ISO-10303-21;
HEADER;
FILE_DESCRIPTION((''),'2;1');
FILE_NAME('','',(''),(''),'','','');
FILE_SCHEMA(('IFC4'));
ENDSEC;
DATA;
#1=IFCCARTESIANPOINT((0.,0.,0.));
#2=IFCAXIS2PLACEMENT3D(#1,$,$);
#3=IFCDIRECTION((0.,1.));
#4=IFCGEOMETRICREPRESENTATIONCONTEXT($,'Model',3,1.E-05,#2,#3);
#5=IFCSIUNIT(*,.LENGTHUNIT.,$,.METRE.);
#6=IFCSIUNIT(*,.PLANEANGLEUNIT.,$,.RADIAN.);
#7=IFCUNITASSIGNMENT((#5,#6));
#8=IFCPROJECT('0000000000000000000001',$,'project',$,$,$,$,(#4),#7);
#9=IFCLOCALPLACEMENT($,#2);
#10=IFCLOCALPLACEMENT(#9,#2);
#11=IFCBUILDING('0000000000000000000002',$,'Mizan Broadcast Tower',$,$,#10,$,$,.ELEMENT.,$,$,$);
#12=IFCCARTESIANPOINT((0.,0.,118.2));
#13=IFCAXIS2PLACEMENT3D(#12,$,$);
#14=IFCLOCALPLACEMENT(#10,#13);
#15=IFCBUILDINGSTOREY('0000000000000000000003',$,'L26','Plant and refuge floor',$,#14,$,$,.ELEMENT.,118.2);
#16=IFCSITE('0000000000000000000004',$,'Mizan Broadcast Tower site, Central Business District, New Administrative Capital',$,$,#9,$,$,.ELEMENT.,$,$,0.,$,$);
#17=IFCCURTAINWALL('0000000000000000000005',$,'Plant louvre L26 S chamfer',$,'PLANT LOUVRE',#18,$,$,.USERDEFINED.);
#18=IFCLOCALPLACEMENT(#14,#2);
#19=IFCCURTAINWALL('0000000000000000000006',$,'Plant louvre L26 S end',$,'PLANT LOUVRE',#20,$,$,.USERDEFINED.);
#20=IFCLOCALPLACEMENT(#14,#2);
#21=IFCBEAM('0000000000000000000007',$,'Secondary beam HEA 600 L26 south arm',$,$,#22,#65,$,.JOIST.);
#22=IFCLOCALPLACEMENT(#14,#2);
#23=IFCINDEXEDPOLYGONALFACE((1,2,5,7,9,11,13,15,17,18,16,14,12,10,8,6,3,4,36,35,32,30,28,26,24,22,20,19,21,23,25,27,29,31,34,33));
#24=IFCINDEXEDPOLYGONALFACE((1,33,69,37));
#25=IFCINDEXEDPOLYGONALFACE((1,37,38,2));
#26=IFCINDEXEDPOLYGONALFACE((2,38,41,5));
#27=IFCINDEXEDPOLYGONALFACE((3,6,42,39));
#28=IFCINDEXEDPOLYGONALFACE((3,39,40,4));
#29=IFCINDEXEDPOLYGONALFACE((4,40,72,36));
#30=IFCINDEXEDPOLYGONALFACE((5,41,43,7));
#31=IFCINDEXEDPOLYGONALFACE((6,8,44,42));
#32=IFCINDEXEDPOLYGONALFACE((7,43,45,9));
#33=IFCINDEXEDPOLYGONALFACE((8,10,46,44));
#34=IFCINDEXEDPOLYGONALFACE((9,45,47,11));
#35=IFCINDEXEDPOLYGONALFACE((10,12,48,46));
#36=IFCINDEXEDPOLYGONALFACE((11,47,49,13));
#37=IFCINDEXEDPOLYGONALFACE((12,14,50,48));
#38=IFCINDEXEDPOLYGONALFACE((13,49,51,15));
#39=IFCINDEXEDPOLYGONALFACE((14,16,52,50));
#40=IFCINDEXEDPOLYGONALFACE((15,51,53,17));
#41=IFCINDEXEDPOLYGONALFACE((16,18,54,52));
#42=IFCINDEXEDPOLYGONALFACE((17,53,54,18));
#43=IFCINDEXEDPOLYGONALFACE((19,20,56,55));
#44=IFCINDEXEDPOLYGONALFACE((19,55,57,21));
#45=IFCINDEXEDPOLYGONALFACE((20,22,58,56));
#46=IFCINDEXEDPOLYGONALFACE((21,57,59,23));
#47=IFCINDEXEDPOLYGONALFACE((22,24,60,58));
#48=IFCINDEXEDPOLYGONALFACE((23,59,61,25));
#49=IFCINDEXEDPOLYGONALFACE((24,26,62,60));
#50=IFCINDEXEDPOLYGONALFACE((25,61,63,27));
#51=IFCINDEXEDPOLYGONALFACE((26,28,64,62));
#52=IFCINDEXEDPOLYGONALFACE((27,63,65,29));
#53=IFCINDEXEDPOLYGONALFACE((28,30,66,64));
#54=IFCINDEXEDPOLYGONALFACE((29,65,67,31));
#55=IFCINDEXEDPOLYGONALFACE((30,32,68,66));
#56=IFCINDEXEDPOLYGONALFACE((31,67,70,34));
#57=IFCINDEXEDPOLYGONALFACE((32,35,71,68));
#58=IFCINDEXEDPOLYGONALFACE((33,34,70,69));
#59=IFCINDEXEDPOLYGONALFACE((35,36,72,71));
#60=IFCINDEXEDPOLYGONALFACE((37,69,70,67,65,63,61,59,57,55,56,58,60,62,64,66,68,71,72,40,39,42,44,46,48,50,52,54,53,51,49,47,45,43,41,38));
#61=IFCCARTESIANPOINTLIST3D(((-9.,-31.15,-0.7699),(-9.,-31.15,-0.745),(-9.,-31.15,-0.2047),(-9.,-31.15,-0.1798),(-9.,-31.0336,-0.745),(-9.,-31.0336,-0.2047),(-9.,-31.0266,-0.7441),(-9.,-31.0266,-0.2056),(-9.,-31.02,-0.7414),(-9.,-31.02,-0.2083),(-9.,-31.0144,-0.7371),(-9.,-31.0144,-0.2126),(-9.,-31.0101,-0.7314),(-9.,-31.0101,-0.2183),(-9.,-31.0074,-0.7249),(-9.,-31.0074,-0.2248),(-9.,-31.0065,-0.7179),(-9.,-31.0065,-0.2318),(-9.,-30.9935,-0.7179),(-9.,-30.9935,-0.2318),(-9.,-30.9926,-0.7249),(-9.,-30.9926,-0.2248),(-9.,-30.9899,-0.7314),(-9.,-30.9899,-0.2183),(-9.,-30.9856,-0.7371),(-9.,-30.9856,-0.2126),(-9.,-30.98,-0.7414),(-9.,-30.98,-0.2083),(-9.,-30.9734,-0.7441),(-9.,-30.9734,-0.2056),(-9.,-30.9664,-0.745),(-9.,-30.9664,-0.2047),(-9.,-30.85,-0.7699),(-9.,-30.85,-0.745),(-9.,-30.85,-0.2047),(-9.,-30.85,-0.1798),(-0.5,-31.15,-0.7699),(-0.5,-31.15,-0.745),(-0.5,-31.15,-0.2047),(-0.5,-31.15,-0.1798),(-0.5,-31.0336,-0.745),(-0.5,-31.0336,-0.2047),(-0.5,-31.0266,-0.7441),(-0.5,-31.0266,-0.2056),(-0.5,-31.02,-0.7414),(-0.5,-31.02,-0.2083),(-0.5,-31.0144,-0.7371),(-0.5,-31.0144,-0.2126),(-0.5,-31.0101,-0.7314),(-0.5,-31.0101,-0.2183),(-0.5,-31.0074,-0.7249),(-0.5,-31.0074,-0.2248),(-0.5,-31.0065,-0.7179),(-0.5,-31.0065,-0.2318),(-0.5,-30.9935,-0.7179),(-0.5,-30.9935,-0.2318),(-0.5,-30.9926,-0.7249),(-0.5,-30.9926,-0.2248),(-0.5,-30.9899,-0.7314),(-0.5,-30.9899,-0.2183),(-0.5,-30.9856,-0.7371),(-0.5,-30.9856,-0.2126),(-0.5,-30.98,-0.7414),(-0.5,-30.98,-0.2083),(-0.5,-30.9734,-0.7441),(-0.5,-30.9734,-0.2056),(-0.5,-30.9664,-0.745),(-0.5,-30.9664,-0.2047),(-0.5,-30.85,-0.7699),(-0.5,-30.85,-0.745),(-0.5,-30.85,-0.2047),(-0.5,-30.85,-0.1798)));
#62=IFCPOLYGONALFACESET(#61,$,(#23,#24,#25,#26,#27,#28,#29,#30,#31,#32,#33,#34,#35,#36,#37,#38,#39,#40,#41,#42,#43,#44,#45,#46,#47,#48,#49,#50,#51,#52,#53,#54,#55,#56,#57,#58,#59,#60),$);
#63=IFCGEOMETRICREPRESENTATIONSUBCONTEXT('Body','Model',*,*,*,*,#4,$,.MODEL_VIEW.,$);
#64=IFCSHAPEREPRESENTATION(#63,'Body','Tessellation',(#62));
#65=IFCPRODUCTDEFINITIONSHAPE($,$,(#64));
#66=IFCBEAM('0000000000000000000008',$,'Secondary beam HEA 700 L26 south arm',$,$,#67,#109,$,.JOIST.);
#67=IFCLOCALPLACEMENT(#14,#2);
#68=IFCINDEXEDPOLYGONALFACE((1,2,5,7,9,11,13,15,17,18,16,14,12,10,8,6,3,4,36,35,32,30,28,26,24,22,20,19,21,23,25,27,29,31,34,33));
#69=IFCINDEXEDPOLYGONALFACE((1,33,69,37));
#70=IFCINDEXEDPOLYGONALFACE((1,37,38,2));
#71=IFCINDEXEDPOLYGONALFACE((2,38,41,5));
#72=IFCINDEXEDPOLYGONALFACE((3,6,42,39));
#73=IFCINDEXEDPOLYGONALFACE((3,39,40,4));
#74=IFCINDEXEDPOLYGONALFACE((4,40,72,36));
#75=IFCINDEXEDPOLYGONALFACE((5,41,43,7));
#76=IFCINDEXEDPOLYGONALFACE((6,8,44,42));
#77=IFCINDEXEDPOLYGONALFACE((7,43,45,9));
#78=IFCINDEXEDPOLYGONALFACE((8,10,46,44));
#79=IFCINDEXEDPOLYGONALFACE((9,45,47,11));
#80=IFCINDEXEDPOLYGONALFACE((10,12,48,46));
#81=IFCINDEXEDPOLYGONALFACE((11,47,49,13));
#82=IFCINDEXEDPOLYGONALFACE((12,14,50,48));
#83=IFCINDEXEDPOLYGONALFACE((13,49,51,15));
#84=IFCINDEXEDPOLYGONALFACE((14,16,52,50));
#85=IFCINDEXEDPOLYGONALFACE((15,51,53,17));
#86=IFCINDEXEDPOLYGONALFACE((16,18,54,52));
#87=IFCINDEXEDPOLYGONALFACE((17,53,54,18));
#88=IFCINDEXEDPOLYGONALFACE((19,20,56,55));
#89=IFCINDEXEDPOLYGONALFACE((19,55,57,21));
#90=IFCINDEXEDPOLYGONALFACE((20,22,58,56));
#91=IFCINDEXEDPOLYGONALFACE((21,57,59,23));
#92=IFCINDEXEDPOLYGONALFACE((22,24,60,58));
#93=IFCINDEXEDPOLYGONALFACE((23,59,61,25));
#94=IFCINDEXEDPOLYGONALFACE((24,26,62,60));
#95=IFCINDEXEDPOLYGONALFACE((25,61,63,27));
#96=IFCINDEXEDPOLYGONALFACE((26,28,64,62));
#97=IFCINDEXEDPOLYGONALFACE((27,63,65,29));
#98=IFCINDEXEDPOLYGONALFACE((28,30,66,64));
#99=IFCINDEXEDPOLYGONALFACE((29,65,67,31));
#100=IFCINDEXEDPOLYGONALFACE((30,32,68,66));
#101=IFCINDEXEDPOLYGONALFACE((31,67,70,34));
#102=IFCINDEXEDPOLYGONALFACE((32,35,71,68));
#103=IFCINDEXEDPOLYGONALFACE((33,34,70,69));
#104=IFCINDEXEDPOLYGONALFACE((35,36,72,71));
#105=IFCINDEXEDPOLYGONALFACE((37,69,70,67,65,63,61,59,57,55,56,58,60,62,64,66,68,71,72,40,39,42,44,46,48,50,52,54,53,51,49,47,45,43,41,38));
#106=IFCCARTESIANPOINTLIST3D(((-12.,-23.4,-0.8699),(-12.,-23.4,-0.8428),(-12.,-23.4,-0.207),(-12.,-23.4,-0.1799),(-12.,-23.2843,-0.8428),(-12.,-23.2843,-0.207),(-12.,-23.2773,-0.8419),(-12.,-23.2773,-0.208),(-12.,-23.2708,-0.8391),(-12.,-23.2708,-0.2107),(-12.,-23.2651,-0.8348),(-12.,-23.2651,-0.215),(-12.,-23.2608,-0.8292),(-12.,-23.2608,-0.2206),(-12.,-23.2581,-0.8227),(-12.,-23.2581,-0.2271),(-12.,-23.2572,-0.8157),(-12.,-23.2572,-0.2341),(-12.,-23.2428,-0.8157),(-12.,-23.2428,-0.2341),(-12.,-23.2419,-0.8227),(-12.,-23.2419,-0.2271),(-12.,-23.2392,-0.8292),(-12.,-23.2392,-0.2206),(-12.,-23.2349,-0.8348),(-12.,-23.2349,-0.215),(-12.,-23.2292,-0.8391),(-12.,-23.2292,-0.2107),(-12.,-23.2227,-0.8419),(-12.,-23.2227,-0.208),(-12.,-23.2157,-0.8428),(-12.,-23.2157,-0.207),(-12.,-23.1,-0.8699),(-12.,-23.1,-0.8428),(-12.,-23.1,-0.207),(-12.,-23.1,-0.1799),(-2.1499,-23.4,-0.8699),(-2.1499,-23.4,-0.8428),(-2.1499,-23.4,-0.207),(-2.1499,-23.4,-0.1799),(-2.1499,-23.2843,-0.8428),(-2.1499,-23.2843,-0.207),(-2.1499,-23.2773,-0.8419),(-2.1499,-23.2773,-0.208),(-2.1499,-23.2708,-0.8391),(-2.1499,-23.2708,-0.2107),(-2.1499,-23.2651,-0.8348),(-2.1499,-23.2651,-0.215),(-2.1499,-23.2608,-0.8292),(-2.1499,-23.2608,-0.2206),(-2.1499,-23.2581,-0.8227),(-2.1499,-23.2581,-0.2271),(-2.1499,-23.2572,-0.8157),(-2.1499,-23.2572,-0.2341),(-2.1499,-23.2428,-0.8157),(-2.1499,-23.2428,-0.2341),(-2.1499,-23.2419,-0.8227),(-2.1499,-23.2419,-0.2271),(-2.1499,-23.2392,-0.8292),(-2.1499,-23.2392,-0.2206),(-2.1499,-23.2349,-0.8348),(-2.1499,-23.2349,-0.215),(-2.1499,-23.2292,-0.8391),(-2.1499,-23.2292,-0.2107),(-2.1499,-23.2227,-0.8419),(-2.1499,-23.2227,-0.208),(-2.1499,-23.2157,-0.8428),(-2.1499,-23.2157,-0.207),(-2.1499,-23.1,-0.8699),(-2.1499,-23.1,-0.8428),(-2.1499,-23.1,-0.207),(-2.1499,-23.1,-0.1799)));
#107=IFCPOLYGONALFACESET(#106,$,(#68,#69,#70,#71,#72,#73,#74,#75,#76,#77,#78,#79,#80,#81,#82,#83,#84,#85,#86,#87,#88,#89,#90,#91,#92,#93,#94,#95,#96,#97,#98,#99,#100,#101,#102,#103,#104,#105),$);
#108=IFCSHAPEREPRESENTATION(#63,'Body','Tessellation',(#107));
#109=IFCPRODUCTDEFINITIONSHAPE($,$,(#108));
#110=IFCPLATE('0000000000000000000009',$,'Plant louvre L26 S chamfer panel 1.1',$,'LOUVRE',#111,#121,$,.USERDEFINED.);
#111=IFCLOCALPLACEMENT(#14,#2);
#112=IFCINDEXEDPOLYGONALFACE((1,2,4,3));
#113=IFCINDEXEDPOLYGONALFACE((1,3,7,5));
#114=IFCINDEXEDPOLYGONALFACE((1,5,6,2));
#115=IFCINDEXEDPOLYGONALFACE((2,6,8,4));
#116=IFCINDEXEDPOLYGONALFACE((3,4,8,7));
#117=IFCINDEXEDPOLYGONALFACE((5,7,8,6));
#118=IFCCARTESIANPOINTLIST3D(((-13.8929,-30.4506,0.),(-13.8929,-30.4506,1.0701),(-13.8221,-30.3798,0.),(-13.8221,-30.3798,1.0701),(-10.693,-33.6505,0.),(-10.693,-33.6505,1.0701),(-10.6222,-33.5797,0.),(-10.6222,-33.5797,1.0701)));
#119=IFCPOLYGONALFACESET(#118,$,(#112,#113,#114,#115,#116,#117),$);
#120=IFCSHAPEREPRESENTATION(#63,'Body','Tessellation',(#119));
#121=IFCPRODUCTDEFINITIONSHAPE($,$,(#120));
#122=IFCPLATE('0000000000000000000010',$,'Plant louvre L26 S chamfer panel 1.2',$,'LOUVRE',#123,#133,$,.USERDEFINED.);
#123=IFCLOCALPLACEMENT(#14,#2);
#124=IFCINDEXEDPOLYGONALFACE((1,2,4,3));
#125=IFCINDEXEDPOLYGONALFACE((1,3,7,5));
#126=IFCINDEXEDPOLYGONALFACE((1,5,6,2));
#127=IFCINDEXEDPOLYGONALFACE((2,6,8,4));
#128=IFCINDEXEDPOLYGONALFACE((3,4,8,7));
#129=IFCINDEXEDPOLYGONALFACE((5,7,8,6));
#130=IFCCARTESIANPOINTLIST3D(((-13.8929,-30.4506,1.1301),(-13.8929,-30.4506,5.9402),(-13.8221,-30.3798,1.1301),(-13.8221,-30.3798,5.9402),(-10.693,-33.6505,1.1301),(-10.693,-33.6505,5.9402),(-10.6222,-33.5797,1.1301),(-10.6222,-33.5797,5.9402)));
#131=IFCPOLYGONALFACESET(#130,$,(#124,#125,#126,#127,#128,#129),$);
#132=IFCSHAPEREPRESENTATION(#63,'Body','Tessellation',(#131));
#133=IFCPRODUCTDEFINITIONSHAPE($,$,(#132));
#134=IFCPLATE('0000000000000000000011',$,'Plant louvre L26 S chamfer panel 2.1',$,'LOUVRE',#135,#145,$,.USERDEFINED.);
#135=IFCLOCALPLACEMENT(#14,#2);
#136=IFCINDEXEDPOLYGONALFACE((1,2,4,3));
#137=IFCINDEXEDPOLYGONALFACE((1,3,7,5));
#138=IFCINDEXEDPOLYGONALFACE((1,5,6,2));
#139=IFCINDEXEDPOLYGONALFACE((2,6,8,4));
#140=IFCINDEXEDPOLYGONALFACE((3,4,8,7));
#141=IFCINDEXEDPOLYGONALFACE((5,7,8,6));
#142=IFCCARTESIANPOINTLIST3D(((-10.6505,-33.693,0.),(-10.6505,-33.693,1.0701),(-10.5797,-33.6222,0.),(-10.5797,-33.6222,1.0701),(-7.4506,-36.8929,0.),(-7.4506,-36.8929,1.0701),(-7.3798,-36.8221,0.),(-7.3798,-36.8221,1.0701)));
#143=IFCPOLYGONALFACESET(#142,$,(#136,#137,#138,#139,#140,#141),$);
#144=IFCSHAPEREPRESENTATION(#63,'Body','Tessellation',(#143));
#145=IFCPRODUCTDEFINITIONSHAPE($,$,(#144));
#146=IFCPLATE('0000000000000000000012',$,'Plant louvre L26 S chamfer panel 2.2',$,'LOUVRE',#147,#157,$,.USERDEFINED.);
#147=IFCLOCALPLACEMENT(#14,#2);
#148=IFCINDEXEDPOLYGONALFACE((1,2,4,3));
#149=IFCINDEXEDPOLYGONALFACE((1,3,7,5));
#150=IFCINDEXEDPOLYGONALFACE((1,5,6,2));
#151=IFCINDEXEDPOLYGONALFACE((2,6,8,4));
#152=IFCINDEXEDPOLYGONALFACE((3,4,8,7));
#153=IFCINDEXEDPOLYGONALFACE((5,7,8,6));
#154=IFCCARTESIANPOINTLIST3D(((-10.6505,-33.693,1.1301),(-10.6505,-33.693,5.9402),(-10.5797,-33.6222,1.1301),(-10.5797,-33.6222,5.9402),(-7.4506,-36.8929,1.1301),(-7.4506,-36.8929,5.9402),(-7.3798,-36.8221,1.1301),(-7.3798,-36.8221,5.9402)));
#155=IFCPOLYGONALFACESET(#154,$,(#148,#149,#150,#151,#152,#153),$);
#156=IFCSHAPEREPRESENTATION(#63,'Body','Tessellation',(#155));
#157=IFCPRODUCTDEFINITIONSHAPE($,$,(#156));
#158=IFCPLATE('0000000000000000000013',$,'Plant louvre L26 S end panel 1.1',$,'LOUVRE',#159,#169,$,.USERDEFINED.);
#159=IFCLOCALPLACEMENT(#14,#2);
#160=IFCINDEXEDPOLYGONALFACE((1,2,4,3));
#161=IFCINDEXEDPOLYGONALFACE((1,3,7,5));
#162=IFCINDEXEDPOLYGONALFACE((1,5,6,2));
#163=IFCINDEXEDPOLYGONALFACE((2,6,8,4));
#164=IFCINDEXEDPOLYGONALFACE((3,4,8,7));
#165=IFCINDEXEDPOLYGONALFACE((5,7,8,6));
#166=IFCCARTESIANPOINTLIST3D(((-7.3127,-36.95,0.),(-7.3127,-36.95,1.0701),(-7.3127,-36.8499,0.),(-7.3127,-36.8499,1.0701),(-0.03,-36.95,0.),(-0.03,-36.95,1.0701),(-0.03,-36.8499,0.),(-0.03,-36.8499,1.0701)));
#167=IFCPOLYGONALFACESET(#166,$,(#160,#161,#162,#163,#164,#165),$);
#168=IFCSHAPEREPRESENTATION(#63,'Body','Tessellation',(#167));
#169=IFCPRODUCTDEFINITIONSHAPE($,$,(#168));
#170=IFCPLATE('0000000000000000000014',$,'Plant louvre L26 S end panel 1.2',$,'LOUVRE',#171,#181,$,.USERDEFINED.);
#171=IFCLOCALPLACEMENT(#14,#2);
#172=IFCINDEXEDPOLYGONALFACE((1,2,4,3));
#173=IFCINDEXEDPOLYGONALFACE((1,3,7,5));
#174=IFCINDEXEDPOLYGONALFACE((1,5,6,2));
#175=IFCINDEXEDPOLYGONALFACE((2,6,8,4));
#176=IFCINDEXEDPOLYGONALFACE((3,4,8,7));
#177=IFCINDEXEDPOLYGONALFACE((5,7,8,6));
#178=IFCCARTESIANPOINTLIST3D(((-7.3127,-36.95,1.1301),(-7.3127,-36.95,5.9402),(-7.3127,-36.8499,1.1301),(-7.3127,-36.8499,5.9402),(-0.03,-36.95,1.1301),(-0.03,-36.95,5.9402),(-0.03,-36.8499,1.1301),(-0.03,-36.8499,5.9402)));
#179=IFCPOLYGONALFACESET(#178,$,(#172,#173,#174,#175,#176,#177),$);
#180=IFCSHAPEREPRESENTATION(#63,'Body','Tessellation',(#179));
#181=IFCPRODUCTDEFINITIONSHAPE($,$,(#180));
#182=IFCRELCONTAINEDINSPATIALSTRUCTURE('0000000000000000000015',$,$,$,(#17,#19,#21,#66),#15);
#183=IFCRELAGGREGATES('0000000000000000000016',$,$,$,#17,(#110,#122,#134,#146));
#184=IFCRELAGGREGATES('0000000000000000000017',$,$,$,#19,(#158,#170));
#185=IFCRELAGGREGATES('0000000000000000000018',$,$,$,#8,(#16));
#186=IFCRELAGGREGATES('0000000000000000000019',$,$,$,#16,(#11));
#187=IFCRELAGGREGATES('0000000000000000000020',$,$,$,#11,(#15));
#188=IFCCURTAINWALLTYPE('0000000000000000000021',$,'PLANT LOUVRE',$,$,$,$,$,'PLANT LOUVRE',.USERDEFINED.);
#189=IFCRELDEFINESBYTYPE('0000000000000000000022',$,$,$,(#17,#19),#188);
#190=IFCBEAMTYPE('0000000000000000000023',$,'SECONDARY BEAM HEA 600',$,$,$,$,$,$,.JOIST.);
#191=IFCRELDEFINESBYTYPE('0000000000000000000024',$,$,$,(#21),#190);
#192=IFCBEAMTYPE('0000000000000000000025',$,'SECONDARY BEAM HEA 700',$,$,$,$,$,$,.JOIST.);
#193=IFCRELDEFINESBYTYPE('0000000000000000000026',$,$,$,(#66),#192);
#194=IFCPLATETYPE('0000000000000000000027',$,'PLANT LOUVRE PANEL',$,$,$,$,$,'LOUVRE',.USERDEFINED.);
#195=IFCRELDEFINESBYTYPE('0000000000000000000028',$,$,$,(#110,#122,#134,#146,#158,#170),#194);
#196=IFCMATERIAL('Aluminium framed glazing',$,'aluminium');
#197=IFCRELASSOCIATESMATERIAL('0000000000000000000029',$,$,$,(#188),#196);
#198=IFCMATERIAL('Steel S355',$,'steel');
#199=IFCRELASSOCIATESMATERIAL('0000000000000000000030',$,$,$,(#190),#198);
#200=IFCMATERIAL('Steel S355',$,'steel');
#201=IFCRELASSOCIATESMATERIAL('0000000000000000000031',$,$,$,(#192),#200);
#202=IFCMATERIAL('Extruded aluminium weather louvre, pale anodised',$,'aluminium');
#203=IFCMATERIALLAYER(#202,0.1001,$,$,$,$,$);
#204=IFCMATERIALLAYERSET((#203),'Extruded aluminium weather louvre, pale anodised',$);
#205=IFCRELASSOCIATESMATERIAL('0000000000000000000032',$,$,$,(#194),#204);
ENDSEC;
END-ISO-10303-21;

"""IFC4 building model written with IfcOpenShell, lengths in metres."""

from ifc_helpers import new_model, si_unit, direction, frame, origin, origin_2d, place, context, subcontext, project, spatial, rectangle, i_section, extrude, material, layer, layer_set, material_profile, profile_set, type_object, element, aggregate, save


model = new_model("IFC4")

# Units and contexts
model_context = context("Model", 3, precision=1e-05, world=origin(), true_north=direction((0.0, 1.0)))
body_context = subcontext(model_context, "Body", "Model", "MODEL_VIEW")
ifc_project = project(units=[si_unit("LENGTHUNIT", "METRE"), si_unit("PLANEANGLEUNIT", "RADIAN")], contexts=[model_context])

# Site, building, storey
site_placement = place(None, origin())
site = spatial("IfcSite", under=ifc_project, at=site_placement, Name="Mizan Broadcast Tower site, Central Business District, New Administrative Capital", CompositionType="ELEMENT", RefElevation=0.0)
building_placement = place(site_placement, origin())
building = spatial("IfcBuilding", under=site, at=building_placement, Name="Mizan Broadcast Tower", CompositionType="ELEMENT")
storey_placement = place(building_placement, frame((0.0, 0.0, 118.2)))
storey = spatial("IfcBuildingStorey", under=building, at=storey_placement, Name="L26", Description="Plant and refuge floor", CompositionType="ELEMENT", Elevation=118.2)

# Curtain walls
ifc_material_1 = material(Name="Aluminium framed glazing", Category="aluminium")
curtain_wall_type = type_object("IfcCurtainWallType", Name="PLANT LOUVRE", ElementType="PLANT LOUVRE", PredefinedType="USERDEFINED", material=ifc_material_1)
curtain_wall_1_placement = place(storey_placement, origin())
curtain_wall_1 = element("IfcCurtainWall", 1, at=curtain_wall_1_placement, inside=storey, type_object=curtain_wall_type, Name="Plant louvre L26 S chamfer", ObjectType="PLANT LOUVRE", PredefinedType="USERDEFINED")
curtain_wall_2_placement = place(storey_placement, origin())
curtain_wall_2 = element("IfcCurtainWall", 2, at=curtain_wall_2_placement, inside=storey, type_object=curtain_wall_type, Name="Plant louvre L26 S end", ObjectType="PLANT LOUVRE", PredefinedType="USERDEFINED")

# Beams
ifc_material_2 = material(Name="Steel S355", Category="steel")
ifc_material_profile_1 = material_profile(ifc_material_2, i_section(OverallWidth=0.3, OverallDepth=0.5901, WebThickness=0.0129, FlangeThickness=0.0249, FilletRadius=0.0271, at=origin_2d()), Name="HEA 600")
ifc_profile_set_1 = profile_set([ifc_material_profile_1], Name="Steel S355")
beam_type_1 = type_object("IfcBeamType", Name="SECONDARY BEAM HEA 600", PredefinedType="JOIST", material=ifc_profile_set_1)
beam_1_placement = place(storey_placement, frame((-9.0, -31.0, -0.4749), z_axis=(1.0, 0.0, 0.0), x_axis=(0.0, 1.0, 0.0)))
element("IfcBeam", 3, at=beam_1_placement, inside=storey, type_object=beam_type_1, Name="Secondary beam HEA 600 L26 south arm", PredefinedType="JOIST", context=body_context, shape_type="SweptSolid", body=[
    extrude(i_section(OverallWidth=0.3, OverallDepth=0.5901, WebThickness=0.0129, FlangeThickness=0.0249, FilletRadius=0.0271, at=origin_2d()), origin(), (0.0, 0.0, 1.0), 8.5),
])
ifc_material_3 = material(Name="Steel S355", Category="steel")
ifc_material_profile_2 = material_profile(ifc_material_3, i_section(OverallWidth=0.3, OverallDepth=0.6899, WebThickness=0.0144, FlangeThickness=0.0271, FilletRadius=0.0271, at=origin_2d()), Name="HEA 700")
ifc_profile_set_2 = profile_set([ifc_material_profile_2], Name="Steel S355")
beam_type_2 = type_object("IfcBeamType", Name="SECONDARY BEAM HEA 700", PredefinedType="JOIST", material=ifc_profile_set_2)
beam_2_placement = place(storey_placement, frame((-12.0, -23.25, -0.5249), z_axis=(1.0, 0.0, 0.0), x_axis=(0.0, 1.0, 0.0)))
element("IfcBeam", 4, at=beam_2_placement, inside=storey, type_object=beam_type_2, Name="Secondary beam HEA 700 L26 south arm", PredefinedType="JOIST", context=body_context, shape_type="SweptSolid", body=[
    extrude(i_section(OverallWidth=0.3, OverallDepth=0.6899, WebThickness=0.0144, FlangeThickness=0.0271, FilletRadius=0.0271, at=origin_2d()), origin(), (0.0, 0.0, 1.0), 9.8501),
])

# Plates
ifc_material_4 = material(Name="Extruded aluminium weather louvre, pale anodised", Category="aluminium")
ifc_layer = layer(ifc_material_4, 0.1001)
ifc_layer_set = layer_set([ifc_layer], Name="Extruded aluminium weather louvre, pale anodised")
plate_type = type_object("IfcPlateType", Name="PLANT LOUVRE PANEL", ElementType="LOUVRE", PredefinedType="USERDEFINED", material=ifc_layer_set)
plate_1_placement = place(storey_placement, frame((-12.2576, -32.0151, 0.0), z_axis=(0.0, 0.0, 1.0), x_axis=(0.707107, -0.707107, 0.0)))
plate_1 = element("IfcPlate", 5, at=plate_1_placement, type_object=plate_type, Name="Plant louvre L26 S chamfer panel 1.1", ObjectType="LOUVRE", PredefinedType="USERDEFINED", context=body_context, shape_type="SweptSolid", body=[
    extrude(rectangle(XDim=4.5254, YDim=0.1001, at=origin_2d()), origin(), (0.0, 0.0, 1.0), 1.0701),
])
plate_2_placement = place(storey_placement, frame((-12.2576, -32.0151, 1.1301), z_axis=(0.0, 0.0, 1.0), x_axis=(0.707107, -0.707107, 0.0)))
plate_2 = element("IfcPlate", 6, at=plate_2_placement, type_object=plate_type, Name="Plant louvre L26 S chamfer panel 1.2", ObjectType="LOUVRE", PredefinedType="USERDEFINED", context=body_context, shape_type="SweptSolid", body=[
    extrude(rectangle(XDim=4.5254, YDim=0.1001, at=origin_2d()), origin(), (0.0, 0.0, 1.0), 4.8101),
])
plate_3_placement = place(storey_placement, frame((-9.0151, -35.2576, 0.0), z_axis=(0.0, 0.0, 1.0), x_axis=(0.707107, -0.707107, 0.0)))
plate_3 = element("IfcPlate", 7, at=plate_3_placement, type_object=plate_type, Name="Plant louvre L26 S chamfer panel 2.1", ObjectType="LOUVRE", PredefinedType="USERDEFINED", context=body_context, shape_type="SweptSolid", body=[
    extrude(rectangle(XDim=4.5254, YDim=0.1001, at=origin_2d()), origin(), (0.0, 0.0, 1.0), 1.0701),
])
plate_4_placement = place(storey_placement, frame((-9.0151, -35.2576, 1.1301), z_axis=(0.0, 0.0, 1.0), x_axis=(0.707107, -0.707107, 0.0)))
plate_4 = element("IfcPlate", 8, at=plate_4_placement, type_object=plate_type, Name="Plant louvre L26 S chamfer panel 2.2", ObjectType="LOUVRE", PredefinedType="USERDEFINED", context=body_context, shape_type="SweptSolid", body=[
    extrude(rectangle(XDim=4.5254, YDim=0.1001, at=origin_2d()), origin(), (0.0, 0.0, 1.0), 4.8101),
])
aggregate(curtain_wall_1, [plate_1, plate_2, plate_3, plate_4])
plate_5_placement = place(storey_placement, frame((-3.6714, -36.8999, 0.0), z_axis=(0.0, 0.0, 1.0), x_axis=(1.0, 0.0, 0.0)))
plate_5 = element("IfcPlate", 9, at=plate_5_placement, type_object=plate_type, Name="Plant louvre L26 S end panel 1.1", ObjectType="LOUVRE", PredefinedType="USERDEFINED", context=body_context, shape_type="SweptSolid", body=[
    extrude(rectangle(XDim=7.2827, YDim=0.1001, at=origin_2d()), origin(), (0.0, 0.0, 1.0), 1.0701),
])
plate_6_placement = place(storey_placement, frame((-3.6714, -36.8999, 1.1301), z_axis=(0.0, 0.0, 1.0), x_axis=(1.0, 0.0, 0.0)))
plate_6 = element("IfcPlate", 10, at=plate_6_placement, type_object=plate_type, Name="Plant louvre L26 S end panel 1.2", ObjectType="LOUVRE", PredefinedType="USERDEFINED", context=body_context, shape_type="SweptSolid", body=[
    extrude(rectangle(XDim=7.2827, YDim=0.1001, at=origin_2d()), origin(), (0.0, 0.0, 1.0), 4.8101),
])
aggregate(curtain_wall_2, [plate_5, plate_6])

save(model, "model.ifc")
